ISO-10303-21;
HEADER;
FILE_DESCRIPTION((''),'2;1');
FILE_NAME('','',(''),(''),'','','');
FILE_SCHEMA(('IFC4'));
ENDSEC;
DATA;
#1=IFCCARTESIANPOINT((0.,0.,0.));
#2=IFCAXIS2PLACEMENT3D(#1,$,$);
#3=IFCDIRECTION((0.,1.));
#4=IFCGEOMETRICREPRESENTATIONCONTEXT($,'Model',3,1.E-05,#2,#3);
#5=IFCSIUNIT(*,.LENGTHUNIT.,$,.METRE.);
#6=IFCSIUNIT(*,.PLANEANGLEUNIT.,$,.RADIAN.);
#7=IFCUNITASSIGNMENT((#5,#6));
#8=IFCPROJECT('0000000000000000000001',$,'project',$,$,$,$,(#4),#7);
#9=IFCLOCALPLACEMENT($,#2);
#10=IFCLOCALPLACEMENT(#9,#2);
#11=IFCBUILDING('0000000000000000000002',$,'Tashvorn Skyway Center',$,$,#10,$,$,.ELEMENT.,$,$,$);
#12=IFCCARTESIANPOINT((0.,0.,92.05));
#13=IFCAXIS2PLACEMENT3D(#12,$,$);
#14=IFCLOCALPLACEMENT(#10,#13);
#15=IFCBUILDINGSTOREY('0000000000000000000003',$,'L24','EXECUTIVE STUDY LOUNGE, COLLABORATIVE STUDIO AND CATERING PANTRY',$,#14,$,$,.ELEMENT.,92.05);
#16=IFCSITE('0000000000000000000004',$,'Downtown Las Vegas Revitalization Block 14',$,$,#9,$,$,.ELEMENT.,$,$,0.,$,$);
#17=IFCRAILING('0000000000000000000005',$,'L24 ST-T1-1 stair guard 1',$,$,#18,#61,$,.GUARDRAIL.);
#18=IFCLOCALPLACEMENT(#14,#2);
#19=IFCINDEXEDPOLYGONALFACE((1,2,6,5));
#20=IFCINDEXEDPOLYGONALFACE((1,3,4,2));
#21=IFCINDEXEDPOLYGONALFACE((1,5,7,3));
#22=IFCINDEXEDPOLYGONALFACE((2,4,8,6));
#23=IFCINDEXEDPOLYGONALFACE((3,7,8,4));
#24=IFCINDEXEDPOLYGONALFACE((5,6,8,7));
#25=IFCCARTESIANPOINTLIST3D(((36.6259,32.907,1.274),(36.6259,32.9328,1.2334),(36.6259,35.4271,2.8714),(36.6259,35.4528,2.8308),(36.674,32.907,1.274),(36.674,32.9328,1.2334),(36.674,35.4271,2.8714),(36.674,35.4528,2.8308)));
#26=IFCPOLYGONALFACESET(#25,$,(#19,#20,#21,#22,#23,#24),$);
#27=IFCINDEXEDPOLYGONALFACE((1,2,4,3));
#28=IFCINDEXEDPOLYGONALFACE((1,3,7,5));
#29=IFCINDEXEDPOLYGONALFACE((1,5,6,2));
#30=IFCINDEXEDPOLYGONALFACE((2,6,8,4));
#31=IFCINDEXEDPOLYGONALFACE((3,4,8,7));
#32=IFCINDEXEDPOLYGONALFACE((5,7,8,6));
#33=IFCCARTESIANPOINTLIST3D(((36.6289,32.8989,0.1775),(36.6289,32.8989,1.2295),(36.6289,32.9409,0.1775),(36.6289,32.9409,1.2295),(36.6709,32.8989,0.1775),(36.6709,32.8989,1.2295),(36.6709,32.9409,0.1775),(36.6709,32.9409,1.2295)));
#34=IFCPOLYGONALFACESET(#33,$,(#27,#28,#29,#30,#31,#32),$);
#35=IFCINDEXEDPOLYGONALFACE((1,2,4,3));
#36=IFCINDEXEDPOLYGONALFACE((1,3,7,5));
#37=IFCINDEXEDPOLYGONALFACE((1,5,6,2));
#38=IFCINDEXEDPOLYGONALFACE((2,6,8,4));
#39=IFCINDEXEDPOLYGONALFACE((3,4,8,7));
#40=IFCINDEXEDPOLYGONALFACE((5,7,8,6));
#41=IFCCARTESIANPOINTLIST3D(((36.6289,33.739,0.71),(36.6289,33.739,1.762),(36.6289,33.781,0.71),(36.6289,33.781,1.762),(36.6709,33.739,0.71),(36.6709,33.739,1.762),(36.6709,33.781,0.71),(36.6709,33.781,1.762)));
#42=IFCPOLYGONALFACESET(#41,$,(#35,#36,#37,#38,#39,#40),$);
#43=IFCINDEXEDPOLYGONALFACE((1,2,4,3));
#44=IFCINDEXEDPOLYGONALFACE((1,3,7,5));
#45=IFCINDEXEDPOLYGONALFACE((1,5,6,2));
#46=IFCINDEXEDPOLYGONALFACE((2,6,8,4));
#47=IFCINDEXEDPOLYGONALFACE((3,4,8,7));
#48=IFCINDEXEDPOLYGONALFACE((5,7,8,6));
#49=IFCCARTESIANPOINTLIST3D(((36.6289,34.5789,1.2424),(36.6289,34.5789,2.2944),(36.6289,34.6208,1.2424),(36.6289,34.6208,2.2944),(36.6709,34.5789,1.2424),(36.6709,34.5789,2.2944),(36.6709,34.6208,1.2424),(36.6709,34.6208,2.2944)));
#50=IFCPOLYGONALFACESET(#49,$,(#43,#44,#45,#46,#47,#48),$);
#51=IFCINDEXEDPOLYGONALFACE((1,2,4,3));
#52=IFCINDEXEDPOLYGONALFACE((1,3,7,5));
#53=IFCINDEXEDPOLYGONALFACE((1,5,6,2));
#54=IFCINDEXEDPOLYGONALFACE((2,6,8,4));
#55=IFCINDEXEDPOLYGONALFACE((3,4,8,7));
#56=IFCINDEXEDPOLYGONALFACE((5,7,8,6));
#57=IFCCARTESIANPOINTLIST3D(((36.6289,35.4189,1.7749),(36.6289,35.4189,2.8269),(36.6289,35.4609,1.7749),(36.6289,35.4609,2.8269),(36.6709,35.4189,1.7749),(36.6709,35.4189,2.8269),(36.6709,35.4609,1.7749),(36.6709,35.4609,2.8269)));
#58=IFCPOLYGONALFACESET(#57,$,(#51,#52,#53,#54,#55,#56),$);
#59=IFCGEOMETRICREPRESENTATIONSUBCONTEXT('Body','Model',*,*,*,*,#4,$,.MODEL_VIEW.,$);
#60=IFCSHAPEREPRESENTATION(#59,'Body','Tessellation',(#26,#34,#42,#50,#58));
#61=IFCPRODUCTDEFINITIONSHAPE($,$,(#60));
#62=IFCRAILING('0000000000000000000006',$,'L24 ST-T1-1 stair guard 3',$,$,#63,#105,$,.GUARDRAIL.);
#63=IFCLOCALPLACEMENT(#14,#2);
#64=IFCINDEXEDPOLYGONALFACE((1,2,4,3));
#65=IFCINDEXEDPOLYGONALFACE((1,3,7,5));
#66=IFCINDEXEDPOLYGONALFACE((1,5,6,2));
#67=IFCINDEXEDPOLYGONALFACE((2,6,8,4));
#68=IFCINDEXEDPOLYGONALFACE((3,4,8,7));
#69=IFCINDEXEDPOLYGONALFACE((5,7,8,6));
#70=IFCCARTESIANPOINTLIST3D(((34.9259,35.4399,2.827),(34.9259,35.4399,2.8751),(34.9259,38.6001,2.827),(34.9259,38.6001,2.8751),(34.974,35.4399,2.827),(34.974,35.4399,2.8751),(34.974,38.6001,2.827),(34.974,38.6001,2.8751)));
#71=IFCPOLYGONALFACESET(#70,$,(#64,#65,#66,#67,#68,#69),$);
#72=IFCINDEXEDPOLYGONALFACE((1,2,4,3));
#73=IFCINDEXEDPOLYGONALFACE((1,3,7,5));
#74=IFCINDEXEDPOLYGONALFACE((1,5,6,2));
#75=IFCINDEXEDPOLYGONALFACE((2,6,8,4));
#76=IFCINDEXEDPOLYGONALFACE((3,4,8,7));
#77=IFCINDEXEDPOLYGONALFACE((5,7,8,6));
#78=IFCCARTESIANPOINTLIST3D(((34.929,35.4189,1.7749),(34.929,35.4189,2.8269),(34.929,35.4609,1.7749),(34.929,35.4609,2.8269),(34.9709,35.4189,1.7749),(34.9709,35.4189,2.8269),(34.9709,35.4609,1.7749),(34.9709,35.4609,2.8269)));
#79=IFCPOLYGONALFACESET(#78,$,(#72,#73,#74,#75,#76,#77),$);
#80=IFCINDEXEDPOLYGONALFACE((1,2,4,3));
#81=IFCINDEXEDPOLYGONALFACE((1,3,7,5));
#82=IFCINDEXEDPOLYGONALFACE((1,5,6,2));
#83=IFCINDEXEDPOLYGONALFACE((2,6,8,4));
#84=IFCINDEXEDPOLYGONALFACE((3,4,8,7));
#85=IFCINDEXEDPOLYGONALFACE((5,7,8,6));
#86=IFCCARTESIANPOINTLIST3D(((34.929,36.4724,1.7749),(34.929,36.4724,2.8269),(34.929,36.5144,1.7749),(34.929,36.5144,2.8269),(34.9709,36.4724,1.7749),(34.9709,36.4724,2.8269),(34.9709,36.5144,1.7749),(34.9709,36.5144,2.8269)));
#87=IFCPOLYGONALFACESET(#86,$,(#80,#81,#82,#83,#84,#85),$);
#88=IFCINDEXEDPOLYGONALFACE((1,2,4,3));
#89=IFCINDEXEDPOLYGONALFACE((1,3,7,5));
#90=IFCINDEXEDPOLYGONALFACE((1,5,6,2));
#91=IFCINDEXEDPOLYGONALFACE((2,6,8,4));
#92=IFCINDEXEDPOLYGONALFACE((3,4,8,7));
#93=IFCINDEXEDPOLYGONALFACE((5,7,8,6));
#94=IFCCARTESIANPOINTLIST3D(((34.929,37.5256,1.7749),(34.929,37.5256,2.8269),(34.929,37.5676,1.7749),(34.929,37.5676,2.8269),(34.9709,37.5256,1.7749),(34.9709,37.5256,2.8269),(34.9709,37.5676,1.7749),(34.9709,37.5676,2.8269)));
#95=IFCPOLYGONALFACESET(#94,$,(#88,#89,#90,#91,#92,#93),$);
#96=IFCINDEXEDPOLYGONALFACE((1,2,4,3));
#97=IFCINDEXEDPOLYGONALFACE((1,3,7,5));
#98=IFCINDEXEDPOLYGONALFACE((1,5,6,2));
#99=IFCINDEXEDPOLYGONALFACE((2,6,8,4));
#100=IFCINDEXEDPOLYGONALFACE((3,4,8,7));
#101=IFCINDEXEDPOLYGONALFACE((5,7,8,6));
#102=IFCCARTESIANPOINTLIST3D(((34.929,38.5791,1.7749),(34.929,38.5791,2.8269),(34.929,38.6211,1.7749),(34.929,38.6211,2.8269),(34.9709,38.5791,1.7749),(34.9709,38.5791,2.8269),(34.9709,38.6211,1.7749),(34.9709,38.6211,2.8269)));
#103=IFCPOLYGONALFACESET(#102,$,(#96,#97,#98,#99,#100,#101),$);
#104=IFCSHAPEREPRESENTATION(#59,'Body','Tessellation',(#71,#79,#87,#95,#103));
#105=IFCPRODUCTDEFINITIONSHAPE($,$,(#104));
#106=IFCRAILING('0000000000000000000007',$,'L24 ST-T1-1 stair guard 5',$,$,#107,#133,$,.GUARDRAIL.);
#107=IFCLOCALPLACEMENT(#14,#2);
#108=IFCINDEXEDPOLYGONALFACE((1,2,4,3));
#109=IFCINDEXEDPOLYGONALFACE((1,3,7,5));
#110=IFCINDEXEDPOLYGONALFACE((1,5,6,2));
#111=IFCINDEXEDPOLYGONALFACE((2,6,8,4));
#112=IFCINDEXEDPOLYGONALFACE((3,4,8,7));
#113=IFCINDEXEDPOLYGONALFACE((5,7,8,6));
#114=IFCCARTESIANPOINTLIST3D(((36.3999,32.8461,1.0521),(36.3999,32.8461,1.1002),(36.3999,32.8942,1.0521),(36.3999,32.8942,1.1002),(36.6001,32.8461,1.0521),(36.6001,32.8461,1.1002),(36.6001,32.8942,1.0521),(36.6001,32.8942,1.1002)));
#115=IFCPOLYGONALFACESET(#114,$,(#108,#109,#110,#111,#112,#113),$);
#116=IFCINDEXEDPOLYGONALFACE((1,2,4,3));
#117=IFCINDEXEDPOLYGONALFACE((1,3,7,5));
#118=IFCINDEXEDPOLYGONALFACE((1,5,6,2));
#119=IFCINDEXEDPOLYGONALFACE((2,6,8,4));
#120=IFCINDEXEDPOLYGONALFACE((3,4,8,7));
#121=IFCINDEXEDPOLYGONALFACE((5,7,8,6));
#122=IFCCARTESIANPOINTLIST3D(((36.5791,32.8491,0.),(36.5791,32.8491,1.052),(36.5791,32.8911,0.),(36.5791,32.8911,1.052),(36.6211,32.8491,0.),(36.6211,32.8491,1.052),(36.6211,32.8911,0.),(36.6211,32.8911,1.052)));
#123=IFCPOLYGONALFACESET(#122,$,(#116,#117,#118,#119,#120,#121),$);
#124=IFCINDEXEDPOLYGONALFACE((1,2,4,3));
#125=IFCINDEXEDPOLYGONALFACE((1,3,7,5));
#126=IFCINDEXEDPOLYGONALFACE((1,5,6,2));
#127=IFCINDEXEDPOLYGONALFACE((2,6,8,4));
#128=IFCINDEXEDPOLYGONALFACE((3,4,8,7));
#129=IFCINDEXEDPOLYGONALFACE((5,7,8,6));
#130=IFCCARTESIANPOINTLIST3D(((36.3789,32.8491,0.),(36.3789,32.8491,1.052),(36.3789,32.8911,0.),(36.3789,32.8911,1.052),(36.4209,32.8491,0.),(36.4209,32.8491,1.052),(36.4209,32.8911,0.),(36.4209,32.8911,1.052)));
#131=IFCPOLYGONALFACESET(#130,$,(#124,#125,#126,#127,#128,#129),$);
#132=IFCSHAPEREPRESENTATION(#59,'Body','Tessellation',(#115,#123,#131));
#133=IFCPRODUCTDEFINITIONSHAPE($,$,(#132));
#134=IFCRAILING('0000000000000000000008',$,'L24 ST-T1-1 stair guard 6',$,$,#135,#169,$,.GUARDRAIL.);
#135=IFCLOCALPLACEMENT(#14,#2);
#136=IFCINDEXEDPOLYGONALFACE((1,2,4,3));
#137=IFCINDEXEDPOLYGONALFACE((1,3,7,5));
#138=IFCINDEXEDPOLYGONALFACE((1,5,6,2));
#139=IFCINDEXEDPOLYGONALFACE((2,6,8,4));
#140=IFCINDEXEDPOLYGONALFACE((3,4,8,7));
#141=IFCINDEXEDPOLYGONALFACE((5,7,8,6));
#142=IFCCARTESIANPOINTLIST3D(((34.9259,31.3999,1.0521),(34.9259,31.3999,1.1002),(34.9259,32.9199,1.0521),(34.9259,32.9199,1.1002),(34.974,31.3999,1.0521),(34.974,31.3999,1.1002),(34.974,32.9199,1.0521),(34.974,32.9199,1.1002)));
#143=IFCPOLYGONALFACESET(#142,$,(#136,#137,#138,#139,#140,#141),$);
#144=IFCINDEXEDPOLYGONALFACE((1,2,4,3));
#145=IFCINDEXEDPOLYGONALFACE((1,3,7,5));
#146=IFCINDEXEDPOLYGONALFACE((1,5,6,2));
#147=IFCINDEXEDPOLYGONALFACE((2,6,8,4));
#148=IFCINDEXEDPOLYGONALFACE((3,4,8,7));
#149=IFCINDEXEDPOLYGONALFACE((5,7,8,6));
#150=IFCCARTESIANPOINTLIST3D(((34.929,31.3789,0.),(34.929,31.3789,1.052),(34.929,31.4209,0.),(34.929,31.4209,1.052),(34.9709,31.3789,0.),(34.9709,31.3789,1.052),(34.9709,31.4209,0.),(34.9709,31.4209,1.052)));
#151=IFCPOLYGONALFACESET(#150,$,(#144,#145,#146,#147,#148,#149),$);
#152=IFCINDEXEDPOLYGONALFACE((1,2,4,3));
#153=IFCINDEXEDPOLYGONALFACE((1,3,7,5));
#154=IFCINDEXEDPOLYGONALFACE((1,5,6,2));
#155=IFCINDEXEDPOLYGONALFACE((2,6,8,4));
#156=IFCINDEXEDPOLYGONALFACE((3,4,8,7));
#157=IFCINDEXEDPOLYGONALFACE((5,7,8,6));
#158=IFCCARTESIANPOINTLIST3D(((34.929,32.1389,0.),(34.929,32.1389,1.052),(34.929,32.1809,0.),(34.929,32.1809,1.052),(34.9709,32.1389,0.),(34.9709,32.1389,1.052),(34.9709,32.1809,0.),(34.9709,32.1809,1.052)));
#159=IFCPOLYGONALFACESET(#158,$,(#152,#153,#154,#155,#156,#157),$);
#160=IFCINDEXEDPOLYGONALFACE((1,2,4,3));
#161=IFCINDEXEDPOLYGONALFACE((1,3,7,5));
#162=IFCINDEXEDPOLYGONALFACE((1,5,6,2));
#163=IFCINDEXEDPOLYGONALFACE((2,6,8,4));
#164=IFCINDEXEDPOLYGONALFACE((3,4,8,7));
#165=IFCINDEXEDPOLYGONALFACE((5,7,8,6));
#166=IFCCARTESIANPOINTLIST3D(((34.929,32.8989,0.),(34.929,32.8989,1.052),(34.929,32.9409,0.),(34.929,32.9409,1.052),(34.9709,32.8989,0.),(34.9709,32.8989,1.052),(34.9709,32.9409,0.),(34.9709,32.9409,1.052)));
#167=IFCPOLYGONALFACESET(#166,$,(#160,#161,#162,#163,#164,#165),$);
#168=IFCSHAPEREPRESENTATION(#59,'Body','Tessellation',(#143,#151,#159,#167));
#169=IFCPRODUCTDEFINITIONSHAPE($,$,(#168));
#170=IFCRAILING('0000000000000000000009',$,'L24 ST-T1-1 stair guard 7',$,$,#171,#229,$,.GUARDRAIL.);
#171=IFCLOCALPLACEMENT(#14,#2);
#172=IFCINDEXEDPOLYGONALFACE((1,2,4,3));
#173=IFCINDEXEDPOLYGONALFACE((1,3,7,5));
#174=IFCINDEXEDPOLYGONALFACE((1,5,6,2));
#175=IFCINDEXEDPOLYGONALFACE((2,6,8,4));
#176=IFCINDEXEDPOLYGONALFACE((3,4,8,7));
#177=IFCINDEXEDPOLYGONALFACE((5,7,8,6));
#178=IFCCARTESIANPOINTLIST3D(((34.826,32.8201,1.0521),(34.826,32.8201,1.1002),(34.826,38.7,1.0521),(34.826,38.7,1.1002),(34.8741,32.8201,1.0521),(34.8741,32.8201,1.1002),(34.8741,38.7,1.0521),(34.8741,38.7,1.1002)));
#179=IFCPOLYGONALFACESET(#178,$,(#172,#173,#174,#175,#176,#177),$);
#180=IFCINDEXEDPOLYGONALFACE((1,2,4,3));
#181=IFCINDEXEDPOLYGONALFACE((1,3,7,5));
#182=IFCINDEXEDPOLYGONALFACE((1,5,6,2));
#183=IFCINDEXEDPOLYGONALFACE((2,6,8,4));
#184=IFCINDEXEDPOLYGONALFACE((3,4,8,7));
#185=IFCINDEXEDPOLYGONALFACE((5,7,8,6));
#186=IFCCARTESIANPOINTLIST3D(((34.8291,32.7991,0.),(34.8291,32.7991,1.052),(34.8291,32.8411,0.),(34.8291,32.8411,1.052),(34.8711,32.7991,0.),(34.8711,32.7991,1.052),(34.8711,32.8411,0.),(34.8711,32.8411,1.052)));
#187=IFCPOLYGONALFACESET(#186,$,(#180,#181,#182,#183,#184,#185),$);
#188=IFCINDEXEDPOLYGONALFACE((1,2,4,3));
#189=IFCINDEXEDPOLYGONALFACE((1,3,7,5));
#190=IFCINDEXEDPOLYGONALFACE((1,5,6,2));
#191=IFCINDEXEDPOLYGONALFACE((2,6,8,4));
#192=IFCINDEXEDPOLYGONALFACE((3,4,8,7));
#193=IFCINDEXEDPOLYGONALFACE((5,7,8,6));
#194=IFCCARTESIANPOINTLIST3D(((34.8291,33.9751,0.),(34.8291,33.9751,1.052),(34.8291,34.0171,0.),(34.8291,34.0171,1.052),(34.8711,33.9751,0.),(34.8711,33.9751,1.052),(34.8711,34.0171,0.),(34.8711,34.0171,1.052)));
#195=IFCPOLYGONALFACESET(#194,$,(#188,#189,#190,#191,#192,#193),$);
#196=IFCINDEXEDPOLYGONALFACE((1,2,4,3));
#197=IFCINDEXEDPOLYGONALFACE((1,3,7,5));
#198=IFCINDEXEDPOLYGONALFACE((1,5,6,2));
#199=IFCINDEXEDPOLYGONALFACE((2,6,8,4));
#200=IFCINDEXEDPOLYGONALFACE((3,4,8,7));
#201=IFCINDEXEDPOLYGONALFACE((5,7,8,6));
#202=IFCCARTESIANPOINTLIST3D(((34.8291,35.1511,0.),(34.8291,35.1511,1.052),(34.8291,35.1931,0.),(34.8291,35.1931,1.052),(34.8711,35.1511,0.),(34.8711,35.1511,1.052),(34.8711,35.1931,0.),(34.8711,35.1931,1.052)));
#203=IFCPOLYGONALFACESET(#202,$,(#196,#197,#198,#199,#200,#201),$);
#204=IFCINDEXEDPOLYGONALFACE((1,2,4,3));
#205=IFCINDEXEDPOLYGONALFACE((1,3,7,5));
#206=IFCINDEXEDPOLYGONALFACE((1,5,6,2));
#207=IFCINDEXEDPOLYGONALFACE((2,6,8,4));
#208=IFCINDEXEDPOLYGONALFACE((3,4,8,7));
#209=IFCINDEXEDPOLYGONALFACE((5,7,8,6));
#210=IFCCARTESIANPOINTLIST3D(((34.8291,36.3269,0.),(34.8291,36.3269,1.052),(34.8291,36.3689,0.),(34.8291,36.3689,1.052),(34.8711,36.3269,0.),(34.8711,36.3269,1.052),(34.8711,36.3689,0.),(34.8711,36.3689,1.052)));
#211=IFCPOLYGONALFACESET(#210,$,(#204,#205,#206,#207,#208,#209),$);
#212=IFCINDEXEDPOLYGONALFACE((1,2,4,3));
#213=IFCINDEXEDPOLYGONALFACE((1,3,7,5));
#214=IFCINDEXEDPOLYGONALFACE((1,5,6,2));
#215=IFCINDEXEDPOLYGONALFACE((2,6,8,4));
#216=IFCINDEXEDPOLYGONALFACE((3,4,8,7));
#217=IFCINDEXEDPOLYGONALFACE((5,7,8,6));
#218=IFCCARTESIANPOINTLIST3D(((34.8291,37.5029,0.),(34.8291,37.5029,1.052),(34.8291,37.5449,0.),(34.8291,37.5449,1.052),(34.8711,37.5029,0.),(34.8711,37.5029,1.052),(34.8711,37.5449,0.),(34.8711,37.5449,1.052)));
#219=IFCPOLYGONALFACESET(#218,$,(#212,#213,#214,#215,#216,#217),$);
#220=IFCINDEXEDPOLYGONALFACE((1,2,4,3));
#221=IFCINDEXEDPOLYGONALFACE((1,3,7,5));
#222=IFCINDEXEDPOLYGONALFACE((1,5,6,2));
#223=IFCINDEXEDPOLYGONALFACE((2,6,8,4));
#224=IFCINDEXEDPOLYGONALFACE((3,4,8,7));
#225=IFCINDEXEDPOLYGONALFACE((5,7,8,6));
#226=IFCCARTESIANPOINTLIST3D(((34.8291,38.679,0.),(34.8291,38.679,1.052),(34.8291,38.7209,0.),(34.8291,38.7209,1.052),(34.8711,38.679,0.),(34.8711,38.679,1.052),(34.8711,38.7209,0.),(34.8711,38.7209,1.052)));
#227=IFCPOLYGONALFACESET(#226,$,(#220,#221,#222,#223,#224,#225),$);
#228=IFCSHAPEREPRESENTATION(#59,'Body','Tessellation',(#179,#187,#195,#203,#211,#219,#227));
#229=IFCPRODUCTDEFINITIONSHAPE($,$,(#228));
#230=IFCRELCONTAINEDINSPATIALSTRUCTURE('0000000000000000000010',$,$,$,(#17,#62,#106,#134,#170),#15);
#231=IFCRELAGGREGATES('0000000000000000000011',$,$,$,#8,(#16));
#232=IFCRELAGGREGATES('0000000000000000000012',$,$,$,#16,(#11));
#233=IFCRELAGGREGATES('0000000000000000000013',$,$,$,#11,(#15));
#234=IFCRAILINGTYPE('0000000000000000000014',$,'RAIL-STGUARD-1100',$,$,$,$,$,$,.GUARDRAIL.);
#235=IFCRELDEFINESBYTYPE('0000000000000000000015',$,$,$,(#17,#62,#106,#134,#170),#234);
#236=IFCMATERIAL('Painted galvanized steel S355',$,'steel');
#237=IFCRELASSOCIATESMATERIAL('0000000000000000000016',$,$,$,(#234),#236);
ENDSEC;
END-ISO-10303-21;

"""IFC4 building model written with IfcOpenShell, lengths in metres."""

from ifc_helpers import new_model, si_unit, direction, frame, origin, origin_2d, place, context, subcontext, project, spatial, rectangle, extrude, material, type_object, element, save


model = new_model("IFC4")

# Units and contexts
model_context = context("Model", 3, precision=1e-05, world=origin(), true_north=direction((0.0, 1.0)))
body_context = subcontext(model_context, "Body", "Model", "MODEL_VIEW")
ifc_project = project(units=[si_unit("LENGTHUNIT", "METRE"), si_unit("PLANEANGLEUNIT", "RADIAN")], contexts=[model_context])

# Site, building, storey
site_placement = place(None, origin())
site = spatial("IfcSite", under=ifc_project, at=site_placement, Name="Downtown Las Vegas Revitalization Block 14", CompositionType="ELEMENT", RefElevation=0.0)
building_placement = place(site_placement, origin())
building = spatial("IfcBuilding", under=site, at=building_placement, Name="Tashvorn Skyway Center", CompositionType="ELEMENT")
storey_placement = place(building_placement, frame((0.0, 0.0, 92.05)))
storey = spatial("IfcBuildingStorey", under=building, at=storey_placement, Name="L24", Description="EXECUTIVE STUDY LOUNGE, COLLABORATIVE STUDIO AND CATERING PANTRY", CompositionType="ELEMENT", Elevation=92.05)

# Railings
ifc_material_1 = material(Name="Painted galvanized steel S355", Category="steel")
railing_type_1 = type_object("IfcRailingType", Name="RAIL-STGUARD-1100", PredefinedType="GUARDRAIL", material=ifc_material_1)
railing_1_placement = place(storey_placement, frame((36.6499, 32.9199, 0.1775)))
element("IfcRailing", 1, at=railing_1_placement, inside=storey, type_object=railing_type_1, Name="L24 ST-T1-1 stair guard 1", PredefinedType="GUARDRAIL", context=body_context, shape_type="SweptSolid", body=[
    extrude(rectangle(XDim=0.0481, YDim=0.0481, at=origin_2d()), frame((0.0, 0.0, 1.0762), z_axis=(0.0, 0.844607, 0.535387), x_axis=(-1.0, 0.0, 0.0)), (0.0, 0.0, 1.0), 2.9836),
    extrude(rectangle(XDim=0.042, YDim=0.042, at=origin_2d()), origin(), (0.0, 0.0, 1.0), 1.052),
    extrude(rectangle(XDim=0.042, YDim=0.042, at=origin_2d()), frame((0.0, 0.8401, 0.5325)), (0.0, 0.0, 1.0), 1.052),
    extrude(rectangle(XDim=0.042, YDim=0.042, at=origin_2d()), frame((0.0, 1.6799, 1.0649)), (0.0, 0.0, 1.0), 1.052),
    extrude(rectangle(XDim=0.042, YDim=0.042, at=origin_2d()), frame((0.0, 2.52, 1.5974)), (0.0, 0.0, 1.0), 1.052),
])
railing_2_placement = place(storey_placement, frame((34.95, 35.4399, 1.7749)))
element("IfcRailing", 2, at=railing_2_placement, inside=storey, type_object=railing_type_1, Name="L24 ST-T1-1 stair guard 3", PredefinedType="GUARDRAIL", context=body_context, shape_type="SweptSolid", body=[
    extrude(rectangle(XDim=0.0481, YDim=0.0481, at=origin_2d()), frame((0.0, 0.0, 1.0762), z_axis=(0.0, 1.0, 0.0), x_axis=(-1.0, 0.0, 0.0)), (0.0, 0.0, 1.0), 3.1602),
    extrude(rectangle(XDim=0.042, YDim=0.042, at=origin_2d()), origin(), (0.0, 0.0, 1.0), 1.052),
    extrude(rectangle(XDim=0.042, YDim=0.042, at=origin_2d()), frame((0.0, 1.0535, 0.0)), (0.0, 0.0, 1.0), 1.052),
    extrude(rectangle(XDim=0.042, YDim=0.042, at=origin_2d()), frame((0.0, 2.1067, 0.0)), (0.0, 0.0, 1.0), 1.052),
    extrude(rectangle(XDim=0.042, YDim=0.042, at=origin_2d()), frame((0.0, 3.1602, 0.0)), (0.0, 0.0, 1.0), 1.052),
])
railing_3_placement = place(storey_placement, frame((36.6001, 32.8701, 0.0)))
element("IfcRailing", 3, at=railing_3_placement, inside=storey, type_object=railing_type_1, Name="L24 ST-T1-1 stair guard 5", PredefinedType="GUARDRAIL", context=body_context, shape_type="SweptSolid", body=[
    extrude(rectangle(XDim=0.0481, YDim=0.0481, at=origin_2d()), frame((0.0, 0.0, 1.0762), z_axis=(-1.0, 0.0, 0.0), x_axis=(0.0, -1.0, 0.0)), (0.0, 0.0, 1.0), 0.2002),
    extrude(rectangle(XDim=0.042, YDim=0.042, at=origin_2d()), origin(), (0.0, 0.0, 1.0), 1.052),
    extrude(rectangle(XDim=0.042, YDim=0.042, at=origin_2d()), frame((-0.2002, 0.0, 0.0)), (0.0, 0.0, 1.0), 1.052),
])
railing_4_placement = place(storey_placement, frame((34.95, 31.3999, 0.0)))
element("IfcRailing", 4, at=railing_4_placement, inside=storey, type_object=railing_type_1, Name="L24 ST-T1-1 stair guard 6", PredefinedType="GUARDRAIL", context=body_context, shape_type="SweptSolid", body=[
    extrude(rectangle(XDim=0.0481, YDim=0.0481, at=origin_2d()), frame((0.0, 0.0, 1.0762), z_axis=(0.0, 1.0, 0.0), x_axis=(-1.0, 0.0, 0.0)), (0.0, 0.0, 1.0), 1.52),
    extrude(rectangle(XDim=0.042, YDim=0.042, at=origin_2d()), origin(), (0.0, 0.0, 1.0), 1.052),
    extrude(rectangle(XDim=0.042, YDim=0.042, at=origin_2d()), frame((0.0, 0.76, 0.0)), (0.0, 0.0, 1.0), 1.052),
    extrude(rectangle(XDim=0.042, YDim=0.042, at=origin_2d()), frame((0.0, 1.52, 0.0)), (0.0, 0.0, 1.0), 1.052),
])
railing_5_placement = place(storey_placement, frame((34.8501, 32.8201, 0.0)))
element("IfcRailing", 5, at=railing_5_placement, inside=storey, type_object=railing_type_1, Name="L24 ST-T1-1 stair guard 7", PredefinedType="GUARDRAIL", context=body_context, shape_type="SweptSolid", body=[
    extrude(rectangle(XDim=0.0481, YDim=0.0481, at=origin_2d()), frame((0.0, 0.0, 1.0762), z_axis=(0.0, 1.0, 0.0), x_axis=(-1.0, 0.0, 0.0)), (0.0, 0.0, 1.0), 5.8799),
    extrude(rectangle(XDim=0.042, YDim=0.042, at=origin_2d()), origin(), (0.0, 0.0, 1.0), 1.052),
    extrude(rectangle(XDim=0.042, YDim=0.042, at=origin_2d()), frame((0.0, 1.176, 0.0)), (0.0, 0.0, 1.0), 1.052),
    extrude(rectangle(XDim=0.042, YDim=0.042, at=origin_2d()), frame((0.0, 2.3521, 0.0)), (0.0, 0.0, 1.0), 1.052),
    extrude(rectangle(XDim=0.042, YDim=0.042, at=origin_2d()), frame((0.0, 3.5278, 0.0)), (0.0, 0.0, 1.0), 1.052),
    extrude(rectangle(XDim=0.042, YDim=0.042, at=origin_2d()), frame((0.0, 4.7039, 0.0)), (0.0, 0.0, 1.0), 1.052),
    extrude(rectangle(XDim=0.042, YDim=0.042, at=origin_2d()), frame((0.0, 5.8799, 0.0)), (0.0, 0.0, 1.0), 1.052),
])

save(model, "model.ifc")
